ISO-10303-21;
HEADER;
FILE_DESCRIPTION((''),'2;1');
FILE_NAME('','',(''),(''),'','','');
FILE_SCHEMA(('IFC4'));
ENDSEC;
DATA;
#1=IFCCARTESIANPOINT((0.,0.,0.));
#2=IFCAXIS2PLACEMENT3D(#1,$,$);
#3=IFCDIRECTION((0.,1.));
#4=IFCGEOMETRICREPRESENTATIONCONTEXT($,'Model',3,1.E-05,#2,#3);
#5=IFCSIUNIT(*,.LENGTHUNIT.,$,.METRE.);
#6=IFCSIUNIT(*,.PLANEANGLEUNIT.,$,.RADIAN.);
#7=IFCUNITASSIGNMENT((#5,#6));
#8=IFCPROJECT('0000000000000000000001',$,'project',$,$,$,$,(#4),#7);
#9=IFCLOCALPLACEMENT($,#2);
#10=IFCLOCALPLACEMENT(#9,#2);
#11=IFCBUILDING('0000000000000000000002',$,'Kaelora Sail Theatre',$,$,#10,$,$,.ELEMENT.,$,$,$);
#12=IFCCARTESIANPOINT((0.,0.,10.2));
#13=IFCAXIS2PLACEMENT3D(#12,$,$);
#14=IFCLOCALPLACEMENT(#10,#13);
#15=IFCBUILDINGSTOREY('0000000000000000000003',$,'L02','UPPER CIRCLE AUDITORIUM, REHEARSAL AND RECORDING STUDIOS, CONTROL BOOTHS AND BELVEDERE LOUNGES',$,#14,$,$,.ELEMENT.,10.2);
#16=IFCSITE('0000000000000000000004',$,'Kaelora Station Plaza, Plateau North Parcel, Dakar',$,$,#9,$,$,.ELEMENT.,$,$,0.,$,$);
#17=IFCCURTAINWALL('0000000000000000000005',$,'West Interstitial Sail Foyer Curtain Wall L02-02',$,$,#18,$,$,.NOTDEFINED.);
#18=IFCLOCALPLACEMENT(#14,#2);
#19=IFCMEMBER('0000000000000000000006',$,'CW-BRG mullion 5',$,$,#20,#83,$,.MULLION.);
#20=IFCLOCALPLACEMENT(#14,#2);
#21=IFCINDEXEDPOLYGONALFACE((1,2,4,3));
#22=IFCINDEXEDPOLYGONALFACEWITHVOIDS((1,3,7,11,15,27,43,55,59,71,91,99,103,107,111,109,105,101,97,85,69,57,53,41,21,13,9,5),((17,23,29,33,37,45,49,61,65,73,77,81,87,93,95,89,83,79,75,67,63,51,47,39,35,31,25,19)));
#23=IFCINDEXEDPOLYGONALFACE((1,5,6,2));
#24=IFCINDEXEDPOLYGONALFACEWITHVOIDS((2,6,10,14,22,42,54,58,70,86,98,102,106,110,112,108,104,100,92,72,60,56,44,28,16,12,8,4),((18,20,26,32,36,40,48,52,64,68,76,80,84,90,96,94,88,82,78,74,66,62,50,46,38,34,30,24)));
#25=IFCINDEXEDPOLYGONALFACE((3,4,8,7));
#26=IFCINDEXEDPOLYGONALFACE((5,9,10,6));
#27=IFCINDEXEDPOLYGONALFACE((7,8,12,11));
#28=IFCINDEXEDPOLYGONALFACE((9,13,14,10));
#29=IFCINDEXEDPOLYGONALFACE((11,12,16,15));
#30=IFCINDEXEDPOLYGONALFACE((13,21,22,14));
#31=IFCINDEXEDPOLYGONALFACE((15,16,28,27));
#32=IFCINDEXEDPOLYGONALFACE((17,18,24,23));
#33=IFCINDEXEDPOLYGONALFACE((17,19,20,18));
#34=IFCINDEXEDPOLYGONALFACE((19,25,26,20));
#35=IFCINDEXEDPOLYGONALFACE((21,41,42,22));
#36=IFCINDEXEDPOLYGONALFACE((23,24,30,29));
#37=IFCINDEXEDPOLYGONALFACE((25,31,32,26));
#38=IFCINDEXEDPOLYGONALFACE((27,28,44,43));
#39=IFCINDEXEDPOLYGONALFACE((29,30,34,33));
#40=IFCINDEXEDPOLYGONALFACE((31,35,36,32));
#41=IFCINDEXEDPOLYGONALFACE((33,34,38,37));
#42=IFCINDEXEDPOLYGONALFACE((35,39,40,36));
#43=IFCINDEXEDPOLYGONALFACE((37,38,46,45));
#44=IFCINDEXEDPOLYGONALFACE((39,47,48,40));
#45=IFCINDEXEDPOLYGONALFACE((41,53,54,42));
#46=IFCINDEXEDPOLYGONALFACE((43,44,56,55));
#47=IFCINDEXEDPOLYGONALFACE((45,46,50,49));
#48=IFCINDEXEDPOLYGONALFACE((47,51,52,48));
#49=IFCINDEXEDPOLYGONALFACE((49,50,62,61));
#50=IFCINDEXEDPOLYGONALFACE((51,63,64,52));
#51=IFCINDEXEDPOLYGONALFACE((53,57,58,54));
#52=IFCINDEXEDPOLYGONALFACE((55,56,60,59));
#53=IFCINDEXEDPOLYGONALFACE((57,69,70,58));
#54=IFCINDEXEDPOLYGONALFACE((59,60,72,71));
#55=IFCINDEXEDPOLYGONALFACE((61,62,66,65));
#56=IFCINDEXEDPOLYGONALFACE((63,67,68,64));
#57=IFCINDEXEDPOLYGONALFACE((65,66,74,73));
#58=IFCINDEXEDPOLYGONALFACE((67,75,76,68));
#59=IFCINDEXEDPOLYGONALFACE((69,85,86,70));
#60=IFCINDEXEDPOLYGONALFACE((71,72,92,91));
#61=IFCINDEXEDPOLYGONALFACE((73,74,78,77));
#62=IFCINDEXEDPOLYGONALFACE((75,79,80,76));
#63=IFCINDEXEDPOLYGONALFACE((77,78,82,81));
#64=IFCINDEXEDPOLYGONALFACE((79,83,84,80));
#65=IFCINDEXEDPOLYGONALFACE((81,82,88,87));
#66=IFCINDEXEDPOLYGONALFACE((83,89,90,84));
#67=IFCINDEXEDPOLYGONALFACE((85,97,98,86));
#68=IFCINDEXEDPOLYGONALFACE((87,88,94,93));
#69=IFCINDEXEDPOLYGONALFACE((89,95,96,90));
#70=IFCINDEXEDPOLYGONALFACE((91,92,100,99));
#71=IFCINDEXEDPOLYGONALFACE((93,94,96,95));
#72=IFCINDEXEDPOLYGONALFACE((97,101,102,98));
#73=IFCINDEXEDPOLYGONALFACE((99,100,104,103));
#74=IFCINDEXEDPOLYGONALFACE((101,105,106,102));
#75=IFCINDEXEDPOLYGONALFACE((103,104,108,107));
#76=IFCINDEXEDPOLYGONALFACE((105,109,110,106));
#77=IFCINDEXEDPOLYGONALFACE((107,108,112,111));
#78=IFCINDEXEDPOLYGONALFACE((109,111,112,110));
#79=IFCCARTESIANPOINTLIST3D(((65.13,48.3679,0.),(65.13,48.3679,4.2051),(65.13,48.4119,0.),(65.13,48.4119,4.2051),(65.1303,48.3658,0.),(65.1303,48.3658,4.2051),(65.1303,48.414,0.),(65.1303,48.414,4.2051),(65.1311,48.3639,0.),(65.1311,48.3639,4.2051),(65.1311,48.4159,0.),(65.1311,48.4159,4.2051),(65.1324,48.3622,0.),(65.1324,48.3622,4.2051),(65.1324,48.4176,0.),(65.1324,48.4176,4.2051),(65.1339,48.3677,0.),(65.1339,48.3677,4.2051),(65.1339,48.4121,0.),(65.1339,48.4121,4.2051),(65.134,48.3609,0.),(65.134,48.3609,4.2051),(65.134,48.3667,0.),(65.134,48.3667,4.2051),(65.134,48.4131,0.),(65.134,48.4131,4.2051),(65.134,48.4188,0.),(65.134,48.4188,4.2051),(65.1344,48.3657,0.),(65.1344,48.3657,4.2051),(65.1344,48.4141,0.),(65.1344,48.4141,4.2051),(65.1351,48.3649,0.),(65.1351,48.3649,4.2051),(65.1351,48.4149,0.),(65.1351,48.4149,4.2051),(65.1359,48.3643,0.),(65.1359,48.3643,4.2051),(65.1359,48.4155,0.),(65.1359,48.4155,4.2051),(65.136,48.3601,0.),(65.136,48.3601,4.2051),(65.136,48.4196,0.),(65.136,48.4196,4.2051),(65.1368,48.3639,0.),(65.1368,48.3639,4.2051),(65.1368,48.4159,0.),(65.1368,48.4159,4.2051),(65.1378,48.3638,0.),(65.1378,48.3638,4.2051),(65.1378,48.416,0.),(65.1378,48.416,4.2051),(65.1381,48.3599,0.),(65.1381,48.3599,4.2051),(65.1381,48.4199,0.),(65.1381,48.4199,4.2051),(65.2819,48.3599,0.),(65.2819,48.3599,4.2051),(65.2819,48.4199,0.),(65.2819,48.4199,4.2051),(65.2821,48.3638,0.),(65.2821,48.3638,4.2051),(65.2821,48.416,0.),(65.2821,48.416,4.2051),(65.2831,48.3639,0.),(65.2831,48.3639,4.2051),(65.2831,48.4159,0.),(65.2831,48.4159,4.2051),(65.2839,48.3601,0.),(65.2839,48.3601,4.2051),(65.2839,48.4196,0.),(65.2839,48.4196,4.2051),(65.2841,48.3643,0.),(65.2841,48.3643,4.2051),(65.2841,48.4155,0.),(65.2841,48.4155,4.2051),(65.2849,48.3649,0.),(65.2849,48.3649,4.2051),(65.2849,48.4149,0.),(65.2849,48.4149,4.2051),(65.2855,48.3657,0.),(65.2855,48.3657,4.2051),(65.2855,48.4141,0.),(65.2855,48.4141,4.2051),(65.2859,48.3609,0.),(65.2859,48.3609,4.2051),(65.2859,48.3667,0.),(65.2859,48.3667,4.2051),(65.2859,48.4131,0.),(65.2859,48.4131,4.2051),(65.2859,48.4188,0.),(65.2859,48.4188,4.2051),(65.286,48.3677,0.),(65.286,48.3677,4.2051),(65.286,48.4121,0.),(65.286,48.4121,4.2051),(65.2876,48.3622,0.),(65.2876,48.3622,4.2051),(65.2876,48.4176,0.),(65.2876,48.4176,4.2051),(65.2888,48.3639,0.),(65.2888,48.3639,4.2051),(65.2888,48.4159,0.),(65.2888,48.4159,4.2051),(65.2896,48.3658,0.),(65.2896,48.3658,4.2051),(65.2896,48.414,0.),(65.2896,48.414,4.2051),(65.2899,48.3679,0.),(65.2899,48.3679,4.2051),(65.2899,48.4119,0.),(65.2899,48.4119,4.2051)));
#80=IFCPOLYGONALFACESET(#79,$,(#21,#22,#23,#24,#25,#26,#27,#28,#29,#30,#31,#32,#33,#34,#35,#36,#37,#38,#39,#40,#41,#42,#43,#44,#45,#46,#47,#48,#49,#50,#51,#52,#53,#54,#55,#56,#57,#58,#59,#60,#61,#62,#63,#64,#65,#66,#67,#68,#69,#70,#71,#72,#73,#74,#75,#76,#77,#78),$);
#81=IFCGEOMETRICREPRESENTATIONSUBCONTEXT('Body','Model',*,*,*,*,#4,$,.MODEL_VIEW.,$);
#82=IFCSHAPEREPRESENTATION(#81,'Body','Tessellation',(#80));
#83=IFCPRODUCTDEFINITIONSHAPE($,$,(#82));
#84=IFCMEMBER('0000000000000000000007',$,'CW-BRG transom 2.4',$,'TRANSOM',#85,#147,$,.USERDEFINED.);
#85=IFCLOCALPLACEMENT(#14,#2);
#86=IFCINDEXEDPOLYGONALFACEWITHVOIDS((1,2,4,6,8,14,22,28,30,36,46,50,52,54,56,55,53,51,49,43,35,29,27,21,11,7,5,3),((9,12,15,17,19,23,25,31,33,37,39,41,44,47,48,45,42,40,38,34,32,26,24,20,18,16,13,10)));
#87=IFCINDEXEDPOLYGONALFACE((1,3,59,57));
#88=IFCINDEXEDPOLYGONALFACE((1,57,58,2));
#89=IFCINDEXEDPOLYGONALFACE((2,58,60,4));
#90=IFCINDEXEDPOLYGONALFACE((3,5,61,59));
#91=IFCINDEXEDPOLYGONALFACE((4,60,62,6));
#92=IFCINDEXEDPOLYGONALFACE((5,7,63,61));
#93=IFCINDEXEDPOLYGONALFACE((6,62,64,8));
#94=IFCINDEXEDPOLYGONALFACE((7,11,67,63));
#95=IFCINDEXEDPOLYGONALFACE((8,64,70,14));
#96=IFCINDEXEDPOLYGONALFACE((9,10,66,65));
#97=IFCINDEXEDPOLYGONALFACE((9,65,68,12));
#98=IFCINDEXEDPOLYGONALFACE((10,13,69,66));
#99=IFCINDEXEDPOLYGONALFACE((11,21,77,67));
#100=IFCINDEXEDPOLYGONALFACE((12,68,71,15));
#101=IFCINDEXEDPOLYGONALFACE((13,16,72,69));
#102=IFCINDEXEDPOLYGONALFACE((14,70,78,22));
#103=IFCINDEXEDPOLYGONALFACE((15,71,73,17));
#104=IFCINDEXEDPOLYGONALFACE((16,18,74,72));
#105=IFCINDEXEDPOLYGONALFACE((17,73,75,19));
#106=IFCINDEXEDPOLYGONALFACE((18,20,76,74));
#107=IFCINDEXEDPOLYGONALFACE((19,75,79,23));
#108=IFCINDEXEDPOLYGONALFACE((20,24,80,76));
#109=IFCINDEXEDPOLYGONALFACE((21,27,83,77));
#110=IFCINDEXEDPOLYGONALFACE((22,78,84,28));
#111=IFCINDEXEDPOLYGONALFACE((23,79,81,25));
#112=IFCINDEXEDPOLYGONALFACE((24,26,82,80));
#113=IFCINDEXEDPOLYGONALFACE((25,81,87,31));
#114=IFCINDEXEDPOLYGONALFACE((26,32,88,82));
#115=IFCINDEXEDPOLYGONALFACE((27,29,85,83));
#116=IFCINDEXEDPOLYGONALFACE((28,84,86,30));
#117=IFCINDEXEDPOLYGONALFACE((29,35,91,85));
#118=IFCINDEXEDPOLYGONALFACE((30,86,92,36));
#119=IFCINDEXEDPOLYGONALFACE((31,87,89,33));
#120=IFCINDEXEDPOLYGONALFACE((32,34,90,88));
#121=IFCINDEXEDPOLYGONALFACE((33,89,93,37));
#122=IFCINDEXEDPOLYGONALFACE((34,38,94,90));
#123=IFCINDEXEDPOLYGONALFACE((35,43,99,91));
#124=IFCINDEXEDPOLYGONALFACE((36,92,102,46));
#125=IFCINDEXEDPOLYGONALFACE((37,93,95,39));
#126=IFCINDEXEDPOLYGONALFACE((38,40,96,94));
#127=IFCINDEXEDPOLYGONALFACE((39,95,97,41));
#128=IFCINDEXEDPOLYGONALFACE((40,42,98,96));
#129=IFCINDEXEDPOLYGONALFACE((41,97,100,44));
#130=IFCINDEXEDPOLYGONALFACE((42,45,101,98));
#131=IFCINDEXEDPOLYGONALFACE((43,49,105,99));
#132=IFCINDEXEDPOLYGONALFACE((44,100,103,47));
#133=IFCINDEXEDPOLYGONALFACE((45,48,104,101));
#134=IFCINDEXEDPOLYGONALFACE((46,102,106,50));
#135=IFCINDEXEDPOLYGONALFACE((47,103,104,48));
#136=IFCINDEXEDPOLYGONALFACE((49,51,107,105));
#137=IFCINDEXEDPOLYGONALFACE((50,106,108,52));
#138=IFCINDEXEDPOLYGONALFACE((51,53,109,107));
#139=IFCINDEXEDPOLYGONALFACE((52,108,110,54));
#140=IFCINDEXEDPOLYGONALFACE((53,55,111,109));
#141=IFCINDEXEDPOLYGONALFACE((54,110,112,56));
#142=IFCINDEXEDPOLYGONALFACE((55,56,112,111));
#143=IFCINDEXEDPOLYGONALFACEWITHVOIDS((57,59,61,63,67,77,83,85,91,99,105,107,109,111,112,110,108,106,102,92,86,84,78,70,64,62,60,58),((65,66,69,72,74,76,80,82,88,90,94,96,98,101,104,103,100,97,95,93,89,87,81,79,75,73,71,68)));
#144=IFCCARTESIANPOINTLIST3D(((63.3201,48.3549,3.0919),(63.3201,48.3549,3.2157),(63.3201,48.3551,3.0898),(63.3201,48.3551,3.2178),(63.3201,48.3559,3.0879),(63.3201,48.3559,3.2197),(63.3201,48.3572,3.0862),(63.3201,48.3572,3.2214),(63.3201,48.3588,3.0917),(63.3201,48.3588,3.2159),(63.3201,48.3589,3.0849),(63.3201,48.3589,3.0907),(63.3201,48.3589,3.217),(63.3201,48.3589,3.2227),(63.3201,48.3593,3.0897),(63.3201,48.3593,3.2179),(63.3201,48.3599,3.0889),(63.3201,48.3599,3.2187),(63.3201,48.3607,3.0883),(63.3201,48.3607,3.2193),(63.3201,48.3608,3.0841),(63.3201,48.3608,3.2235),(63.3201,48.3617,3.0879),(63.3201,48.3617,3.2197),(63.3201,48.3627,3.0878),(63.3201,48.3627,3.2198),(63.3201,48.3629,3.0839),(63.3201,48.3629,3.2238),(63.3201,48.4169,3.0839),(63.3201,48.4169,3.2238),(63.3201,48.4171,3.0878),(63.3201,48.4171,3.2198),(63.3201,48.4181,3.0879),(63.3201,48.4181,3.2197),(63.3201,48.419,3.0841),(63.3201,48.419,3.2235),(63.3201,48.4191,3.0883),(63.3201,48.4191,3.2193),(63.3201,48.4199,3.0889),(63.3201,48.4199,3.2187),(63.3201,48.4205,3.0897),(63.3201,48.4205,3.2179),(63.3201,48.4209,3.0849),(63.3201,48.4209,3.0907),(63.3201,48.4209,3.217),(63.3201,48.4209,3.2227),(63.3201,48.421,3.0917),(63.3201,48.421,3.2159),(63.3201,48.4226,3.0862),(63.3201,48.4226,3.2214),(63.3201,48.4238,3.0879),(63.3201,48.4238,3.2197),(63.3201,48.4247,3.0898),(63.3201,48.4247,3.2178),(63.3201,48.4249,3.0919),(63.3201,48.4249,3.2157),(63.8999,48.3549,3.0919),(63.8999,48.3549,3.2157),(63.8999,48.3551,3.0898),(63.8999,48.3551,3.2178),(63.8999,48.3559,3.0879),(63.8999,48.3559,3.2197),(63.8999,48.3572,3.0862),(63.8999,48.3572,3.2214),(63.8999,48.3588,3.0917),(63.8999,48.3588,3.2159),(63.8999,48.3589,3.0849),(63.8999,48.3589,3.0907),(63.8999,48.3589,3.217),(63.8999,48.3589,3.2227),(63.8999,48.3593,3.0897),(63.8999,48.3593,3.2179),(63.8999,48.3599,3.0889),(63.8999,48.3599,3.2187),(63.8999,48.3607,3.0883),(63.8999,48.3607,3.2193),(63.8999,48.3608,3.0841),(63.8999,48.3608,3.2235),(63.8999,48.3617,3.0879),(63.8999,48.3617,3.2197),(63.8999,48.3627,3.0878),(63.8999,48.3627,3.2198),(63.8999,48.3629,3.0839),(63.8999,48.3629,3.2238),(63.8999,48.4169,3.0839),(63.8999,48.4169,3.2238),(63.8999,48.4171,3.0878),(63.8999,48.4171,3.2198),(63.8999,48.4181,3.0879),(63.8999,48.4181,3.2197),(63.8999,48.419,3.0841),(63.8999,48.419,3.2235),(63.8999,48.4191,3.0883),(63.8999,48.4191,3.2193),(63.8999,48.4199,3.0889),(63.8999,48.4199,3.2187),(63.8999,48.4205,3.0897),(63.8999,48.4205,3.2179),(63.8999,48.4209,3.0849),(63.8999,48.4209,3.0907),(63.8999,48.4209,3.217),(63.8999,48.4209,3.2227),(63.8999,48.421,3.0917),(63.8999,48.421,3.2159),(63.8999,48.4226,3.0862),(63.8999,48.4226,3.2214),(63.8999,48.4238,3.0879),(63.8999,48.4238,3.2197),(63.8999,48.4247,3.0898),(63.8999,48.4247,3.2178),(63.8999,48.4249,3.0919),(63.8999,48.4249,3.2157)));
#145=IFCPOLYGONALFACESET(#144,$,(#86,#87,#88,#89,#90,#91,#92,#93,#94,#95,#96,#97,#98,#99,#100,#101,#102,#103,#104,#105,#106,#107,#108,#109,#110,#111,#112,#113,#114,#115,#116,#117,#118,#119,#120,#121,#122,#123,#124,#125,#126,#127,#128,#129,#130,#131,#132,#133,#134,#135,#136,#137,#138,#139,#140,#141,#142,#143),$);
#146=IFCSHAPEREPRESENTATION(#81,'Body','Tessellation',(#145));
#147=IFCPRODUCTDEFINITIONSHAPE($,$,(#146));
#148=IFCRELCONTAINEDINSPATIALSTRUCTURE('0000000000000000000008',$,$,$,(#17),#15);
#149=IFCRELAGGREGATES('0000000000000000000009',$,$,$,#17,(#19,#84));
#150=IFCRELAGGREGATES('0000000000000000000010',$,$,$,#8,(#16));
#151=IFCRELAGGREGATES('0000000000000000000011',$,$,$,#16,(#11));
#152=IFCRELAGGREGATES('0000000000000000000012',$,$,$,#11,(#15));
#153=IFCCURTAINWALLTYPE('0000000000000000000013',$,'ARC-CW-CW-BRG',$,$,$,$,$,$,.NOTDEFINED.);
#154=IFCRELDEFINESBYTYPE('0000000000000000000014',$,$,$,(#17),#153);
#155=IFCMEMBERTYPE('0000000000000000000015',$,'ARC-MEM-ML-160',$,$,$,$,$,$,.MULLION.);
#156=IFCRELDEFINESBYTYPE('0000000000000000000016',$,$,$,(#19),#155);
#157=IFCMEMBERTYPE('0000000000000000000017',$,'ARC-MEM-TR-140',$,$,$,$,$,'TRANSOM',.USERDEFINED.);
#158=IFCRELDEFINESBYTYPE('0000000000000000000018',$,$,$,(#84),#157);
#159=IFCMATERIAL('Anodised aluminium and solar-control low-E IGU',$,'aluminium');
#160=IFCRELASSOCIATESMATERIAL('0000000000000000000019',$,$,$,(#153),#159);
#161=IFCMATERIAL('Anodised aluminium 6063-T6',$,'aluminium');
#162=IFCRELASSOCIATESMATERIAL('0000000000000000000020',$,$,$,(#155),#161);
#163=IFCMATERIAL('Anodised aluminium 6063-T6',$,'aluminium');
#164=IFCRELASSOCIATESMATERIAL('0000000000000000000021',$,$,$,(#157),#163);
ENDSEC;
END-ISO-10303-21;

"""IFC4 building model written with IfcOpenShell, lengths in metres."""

from ifc_helpers import new_model, si_unit, direction, frame, origin, origin_2d, place, context, subcontext, project, spatial, hollow_rectangle, extrude, material, material_profile, profile_set, type_object, element, aggregate, save


model = new_model("IFC4")

# Units and contexts
model_context = context("Model", 3, precision=1e-05, world=origin(), true_north=direction((0.0, 1.0)))
body_context = subcontext(model_context, "Body", "Model", "MODEL_VIEW")
ifc_project = project(units=[si_unit("LENGTHUNIT", "METRE"), si_unit("PLANEANGLEUNIT", "RADIAN")], contexts=[model_context])

# Site, building, storey
site_placement = place(None, origin())
site = spatial("IfcSite", under=ifc_project, at=site_placement, Name="Kaelora Station Plaza, Plateau North Parcel, Dakar", CompositionType="ELEMENT", RefElevation=0.0)
building_placement = place(site_placement, origin())
building = spatial("IfcBuilding", under=site, at=building_placement, Name="Kaelora Sail Theatre", CompositionType="ELEMENT")
storey_placement = place(building_placement, frame((0.0, 0.0, 10.2)))
storey = spatial("IfcBuildingStorey", under=building, at=storey_placement, Name="L02", Description="UPPER CIRCLE AUDITORIUM, REHEARSAL AND RECORDING STUDIOS, CONTROL BOOTHS AND BELVEDERE LOUNGES", CompositionType="ELEMENT", Elevation=10.2)

# Curtain wall, members
ifc_material_1 = material(Name="Anodised aluminium and solar-control low-E IGU", Category="aluminium")
curtain_wall_type = type_object("IfcCurtainWallType", Name="ARC-CW-CW-BRG", PredefinedType="NOTDEFINED", material=ifc_material_1)
curtain_wall_placement = place(storey_placement, origin())
curtain_wall = element("IfcCurtainWall", 1, at=curtain_wall_placement, inside=storey, type_object=curtain_wall_type, Name="West Interstitial Sail Foyer Curtain Wall L02-02", PredefinedType="NOTDEFINED")
ifc_material_2 = material(Name="Anodised aluminium 6063-T6", Category="aluminium")
ifc_material_profile_1 = material_profile(ifc_material_2, hollow_rectangle(XDim=0.0601, YDim=0.1599, WallThickness=0.0039, InnerFilletRadius=0.0039, OuterFilletRadius=0.0081, at=origin_2d()), Name="ALU-MULL 60x160x4")
ifc_profile_set_1 = profile_set([ifc_material_profile_1], Name="Anodised aluminium 6063-T6")
member_type_1 = type_object("IfcMemberType", Name="ARC-MEM-ML-160", PredefinedType="MULLION", material=ifc_profile_set_1)
member_1_placement = place(storey_placement, frame((65.21, 48.3899, 0.0), z_axis=(0.0, 0.0, 1.0), x_axis=(0.0, 1.0, 0.0)))
member_1 = element("IfcMember", 2, at=member_1_placement, type_object=member_type_1, Name="CW-BRG mullion 5", PredefinedType="MULLION", context=body_context, shape_type="SweptSolid", body=[
    extrude(hollow_rectangle(XDim=0.0601, YDim=0.1599, WallThickness=0.0039, InnerFilletRadius=0.0039, OuterFilletRadius=0.0081, at=origin_2d()), origin(), (0.0, 0.0, 1.0), 4.2051),
])
ifc_material_3 = material(Name="Anodised aluminium 6063-T6", Category="aluminium")
ifc_material_profile_2 = material_profile(ifc_material_3, hollow_rectangle(XDim=0.0701, YDim=0.1399, WallThickness=0.0039, InnerFilletRadius=0.0039, OuterFilletRadius=0.0081, at=origin_2d()), Name="ALU-TRAN 70x140x4")
ifc_profile_set_2 = profile_set([ifc_material_profile_2], Name="Anodised aluminium 6063-T6")
member_type_2 = type_object("IfcMemberType", Name="ARC-MEM-TR-140", ElementType="TRANSOM", PredefinedType="USERDEFINED", material=ifc_profile_set_2)
member_2_placement = place(storey_placement, frame((63.3201, 48.3899, 3.1538), z_axis=(1.0, 0.0, 0.0), x_axis=(0.0, 1.0, 0.0)))
member_2 = element("IfcMember", 3, at=member_2_placement, type_object=member_type_2, Name="CW-BRG transom 2.4", ObjectType="TRANSOM", PredefinedType="USERDEFINED", context=body_context, shape_type="SweptSolid", body=[
    extrude(hollow_rectangle(XDim=0.0701, YDim=0.1399, WallThickness=0.0039, InnerFilletRadius=0.0039, OuterFilletRadius=0.0081, at=origin_2d()), origin(), (0.0, 0.0, 1.0), 0.5798),
])

aggregate(curtain_wall, [member_1, member_2])

save(model, "model.ifc")
